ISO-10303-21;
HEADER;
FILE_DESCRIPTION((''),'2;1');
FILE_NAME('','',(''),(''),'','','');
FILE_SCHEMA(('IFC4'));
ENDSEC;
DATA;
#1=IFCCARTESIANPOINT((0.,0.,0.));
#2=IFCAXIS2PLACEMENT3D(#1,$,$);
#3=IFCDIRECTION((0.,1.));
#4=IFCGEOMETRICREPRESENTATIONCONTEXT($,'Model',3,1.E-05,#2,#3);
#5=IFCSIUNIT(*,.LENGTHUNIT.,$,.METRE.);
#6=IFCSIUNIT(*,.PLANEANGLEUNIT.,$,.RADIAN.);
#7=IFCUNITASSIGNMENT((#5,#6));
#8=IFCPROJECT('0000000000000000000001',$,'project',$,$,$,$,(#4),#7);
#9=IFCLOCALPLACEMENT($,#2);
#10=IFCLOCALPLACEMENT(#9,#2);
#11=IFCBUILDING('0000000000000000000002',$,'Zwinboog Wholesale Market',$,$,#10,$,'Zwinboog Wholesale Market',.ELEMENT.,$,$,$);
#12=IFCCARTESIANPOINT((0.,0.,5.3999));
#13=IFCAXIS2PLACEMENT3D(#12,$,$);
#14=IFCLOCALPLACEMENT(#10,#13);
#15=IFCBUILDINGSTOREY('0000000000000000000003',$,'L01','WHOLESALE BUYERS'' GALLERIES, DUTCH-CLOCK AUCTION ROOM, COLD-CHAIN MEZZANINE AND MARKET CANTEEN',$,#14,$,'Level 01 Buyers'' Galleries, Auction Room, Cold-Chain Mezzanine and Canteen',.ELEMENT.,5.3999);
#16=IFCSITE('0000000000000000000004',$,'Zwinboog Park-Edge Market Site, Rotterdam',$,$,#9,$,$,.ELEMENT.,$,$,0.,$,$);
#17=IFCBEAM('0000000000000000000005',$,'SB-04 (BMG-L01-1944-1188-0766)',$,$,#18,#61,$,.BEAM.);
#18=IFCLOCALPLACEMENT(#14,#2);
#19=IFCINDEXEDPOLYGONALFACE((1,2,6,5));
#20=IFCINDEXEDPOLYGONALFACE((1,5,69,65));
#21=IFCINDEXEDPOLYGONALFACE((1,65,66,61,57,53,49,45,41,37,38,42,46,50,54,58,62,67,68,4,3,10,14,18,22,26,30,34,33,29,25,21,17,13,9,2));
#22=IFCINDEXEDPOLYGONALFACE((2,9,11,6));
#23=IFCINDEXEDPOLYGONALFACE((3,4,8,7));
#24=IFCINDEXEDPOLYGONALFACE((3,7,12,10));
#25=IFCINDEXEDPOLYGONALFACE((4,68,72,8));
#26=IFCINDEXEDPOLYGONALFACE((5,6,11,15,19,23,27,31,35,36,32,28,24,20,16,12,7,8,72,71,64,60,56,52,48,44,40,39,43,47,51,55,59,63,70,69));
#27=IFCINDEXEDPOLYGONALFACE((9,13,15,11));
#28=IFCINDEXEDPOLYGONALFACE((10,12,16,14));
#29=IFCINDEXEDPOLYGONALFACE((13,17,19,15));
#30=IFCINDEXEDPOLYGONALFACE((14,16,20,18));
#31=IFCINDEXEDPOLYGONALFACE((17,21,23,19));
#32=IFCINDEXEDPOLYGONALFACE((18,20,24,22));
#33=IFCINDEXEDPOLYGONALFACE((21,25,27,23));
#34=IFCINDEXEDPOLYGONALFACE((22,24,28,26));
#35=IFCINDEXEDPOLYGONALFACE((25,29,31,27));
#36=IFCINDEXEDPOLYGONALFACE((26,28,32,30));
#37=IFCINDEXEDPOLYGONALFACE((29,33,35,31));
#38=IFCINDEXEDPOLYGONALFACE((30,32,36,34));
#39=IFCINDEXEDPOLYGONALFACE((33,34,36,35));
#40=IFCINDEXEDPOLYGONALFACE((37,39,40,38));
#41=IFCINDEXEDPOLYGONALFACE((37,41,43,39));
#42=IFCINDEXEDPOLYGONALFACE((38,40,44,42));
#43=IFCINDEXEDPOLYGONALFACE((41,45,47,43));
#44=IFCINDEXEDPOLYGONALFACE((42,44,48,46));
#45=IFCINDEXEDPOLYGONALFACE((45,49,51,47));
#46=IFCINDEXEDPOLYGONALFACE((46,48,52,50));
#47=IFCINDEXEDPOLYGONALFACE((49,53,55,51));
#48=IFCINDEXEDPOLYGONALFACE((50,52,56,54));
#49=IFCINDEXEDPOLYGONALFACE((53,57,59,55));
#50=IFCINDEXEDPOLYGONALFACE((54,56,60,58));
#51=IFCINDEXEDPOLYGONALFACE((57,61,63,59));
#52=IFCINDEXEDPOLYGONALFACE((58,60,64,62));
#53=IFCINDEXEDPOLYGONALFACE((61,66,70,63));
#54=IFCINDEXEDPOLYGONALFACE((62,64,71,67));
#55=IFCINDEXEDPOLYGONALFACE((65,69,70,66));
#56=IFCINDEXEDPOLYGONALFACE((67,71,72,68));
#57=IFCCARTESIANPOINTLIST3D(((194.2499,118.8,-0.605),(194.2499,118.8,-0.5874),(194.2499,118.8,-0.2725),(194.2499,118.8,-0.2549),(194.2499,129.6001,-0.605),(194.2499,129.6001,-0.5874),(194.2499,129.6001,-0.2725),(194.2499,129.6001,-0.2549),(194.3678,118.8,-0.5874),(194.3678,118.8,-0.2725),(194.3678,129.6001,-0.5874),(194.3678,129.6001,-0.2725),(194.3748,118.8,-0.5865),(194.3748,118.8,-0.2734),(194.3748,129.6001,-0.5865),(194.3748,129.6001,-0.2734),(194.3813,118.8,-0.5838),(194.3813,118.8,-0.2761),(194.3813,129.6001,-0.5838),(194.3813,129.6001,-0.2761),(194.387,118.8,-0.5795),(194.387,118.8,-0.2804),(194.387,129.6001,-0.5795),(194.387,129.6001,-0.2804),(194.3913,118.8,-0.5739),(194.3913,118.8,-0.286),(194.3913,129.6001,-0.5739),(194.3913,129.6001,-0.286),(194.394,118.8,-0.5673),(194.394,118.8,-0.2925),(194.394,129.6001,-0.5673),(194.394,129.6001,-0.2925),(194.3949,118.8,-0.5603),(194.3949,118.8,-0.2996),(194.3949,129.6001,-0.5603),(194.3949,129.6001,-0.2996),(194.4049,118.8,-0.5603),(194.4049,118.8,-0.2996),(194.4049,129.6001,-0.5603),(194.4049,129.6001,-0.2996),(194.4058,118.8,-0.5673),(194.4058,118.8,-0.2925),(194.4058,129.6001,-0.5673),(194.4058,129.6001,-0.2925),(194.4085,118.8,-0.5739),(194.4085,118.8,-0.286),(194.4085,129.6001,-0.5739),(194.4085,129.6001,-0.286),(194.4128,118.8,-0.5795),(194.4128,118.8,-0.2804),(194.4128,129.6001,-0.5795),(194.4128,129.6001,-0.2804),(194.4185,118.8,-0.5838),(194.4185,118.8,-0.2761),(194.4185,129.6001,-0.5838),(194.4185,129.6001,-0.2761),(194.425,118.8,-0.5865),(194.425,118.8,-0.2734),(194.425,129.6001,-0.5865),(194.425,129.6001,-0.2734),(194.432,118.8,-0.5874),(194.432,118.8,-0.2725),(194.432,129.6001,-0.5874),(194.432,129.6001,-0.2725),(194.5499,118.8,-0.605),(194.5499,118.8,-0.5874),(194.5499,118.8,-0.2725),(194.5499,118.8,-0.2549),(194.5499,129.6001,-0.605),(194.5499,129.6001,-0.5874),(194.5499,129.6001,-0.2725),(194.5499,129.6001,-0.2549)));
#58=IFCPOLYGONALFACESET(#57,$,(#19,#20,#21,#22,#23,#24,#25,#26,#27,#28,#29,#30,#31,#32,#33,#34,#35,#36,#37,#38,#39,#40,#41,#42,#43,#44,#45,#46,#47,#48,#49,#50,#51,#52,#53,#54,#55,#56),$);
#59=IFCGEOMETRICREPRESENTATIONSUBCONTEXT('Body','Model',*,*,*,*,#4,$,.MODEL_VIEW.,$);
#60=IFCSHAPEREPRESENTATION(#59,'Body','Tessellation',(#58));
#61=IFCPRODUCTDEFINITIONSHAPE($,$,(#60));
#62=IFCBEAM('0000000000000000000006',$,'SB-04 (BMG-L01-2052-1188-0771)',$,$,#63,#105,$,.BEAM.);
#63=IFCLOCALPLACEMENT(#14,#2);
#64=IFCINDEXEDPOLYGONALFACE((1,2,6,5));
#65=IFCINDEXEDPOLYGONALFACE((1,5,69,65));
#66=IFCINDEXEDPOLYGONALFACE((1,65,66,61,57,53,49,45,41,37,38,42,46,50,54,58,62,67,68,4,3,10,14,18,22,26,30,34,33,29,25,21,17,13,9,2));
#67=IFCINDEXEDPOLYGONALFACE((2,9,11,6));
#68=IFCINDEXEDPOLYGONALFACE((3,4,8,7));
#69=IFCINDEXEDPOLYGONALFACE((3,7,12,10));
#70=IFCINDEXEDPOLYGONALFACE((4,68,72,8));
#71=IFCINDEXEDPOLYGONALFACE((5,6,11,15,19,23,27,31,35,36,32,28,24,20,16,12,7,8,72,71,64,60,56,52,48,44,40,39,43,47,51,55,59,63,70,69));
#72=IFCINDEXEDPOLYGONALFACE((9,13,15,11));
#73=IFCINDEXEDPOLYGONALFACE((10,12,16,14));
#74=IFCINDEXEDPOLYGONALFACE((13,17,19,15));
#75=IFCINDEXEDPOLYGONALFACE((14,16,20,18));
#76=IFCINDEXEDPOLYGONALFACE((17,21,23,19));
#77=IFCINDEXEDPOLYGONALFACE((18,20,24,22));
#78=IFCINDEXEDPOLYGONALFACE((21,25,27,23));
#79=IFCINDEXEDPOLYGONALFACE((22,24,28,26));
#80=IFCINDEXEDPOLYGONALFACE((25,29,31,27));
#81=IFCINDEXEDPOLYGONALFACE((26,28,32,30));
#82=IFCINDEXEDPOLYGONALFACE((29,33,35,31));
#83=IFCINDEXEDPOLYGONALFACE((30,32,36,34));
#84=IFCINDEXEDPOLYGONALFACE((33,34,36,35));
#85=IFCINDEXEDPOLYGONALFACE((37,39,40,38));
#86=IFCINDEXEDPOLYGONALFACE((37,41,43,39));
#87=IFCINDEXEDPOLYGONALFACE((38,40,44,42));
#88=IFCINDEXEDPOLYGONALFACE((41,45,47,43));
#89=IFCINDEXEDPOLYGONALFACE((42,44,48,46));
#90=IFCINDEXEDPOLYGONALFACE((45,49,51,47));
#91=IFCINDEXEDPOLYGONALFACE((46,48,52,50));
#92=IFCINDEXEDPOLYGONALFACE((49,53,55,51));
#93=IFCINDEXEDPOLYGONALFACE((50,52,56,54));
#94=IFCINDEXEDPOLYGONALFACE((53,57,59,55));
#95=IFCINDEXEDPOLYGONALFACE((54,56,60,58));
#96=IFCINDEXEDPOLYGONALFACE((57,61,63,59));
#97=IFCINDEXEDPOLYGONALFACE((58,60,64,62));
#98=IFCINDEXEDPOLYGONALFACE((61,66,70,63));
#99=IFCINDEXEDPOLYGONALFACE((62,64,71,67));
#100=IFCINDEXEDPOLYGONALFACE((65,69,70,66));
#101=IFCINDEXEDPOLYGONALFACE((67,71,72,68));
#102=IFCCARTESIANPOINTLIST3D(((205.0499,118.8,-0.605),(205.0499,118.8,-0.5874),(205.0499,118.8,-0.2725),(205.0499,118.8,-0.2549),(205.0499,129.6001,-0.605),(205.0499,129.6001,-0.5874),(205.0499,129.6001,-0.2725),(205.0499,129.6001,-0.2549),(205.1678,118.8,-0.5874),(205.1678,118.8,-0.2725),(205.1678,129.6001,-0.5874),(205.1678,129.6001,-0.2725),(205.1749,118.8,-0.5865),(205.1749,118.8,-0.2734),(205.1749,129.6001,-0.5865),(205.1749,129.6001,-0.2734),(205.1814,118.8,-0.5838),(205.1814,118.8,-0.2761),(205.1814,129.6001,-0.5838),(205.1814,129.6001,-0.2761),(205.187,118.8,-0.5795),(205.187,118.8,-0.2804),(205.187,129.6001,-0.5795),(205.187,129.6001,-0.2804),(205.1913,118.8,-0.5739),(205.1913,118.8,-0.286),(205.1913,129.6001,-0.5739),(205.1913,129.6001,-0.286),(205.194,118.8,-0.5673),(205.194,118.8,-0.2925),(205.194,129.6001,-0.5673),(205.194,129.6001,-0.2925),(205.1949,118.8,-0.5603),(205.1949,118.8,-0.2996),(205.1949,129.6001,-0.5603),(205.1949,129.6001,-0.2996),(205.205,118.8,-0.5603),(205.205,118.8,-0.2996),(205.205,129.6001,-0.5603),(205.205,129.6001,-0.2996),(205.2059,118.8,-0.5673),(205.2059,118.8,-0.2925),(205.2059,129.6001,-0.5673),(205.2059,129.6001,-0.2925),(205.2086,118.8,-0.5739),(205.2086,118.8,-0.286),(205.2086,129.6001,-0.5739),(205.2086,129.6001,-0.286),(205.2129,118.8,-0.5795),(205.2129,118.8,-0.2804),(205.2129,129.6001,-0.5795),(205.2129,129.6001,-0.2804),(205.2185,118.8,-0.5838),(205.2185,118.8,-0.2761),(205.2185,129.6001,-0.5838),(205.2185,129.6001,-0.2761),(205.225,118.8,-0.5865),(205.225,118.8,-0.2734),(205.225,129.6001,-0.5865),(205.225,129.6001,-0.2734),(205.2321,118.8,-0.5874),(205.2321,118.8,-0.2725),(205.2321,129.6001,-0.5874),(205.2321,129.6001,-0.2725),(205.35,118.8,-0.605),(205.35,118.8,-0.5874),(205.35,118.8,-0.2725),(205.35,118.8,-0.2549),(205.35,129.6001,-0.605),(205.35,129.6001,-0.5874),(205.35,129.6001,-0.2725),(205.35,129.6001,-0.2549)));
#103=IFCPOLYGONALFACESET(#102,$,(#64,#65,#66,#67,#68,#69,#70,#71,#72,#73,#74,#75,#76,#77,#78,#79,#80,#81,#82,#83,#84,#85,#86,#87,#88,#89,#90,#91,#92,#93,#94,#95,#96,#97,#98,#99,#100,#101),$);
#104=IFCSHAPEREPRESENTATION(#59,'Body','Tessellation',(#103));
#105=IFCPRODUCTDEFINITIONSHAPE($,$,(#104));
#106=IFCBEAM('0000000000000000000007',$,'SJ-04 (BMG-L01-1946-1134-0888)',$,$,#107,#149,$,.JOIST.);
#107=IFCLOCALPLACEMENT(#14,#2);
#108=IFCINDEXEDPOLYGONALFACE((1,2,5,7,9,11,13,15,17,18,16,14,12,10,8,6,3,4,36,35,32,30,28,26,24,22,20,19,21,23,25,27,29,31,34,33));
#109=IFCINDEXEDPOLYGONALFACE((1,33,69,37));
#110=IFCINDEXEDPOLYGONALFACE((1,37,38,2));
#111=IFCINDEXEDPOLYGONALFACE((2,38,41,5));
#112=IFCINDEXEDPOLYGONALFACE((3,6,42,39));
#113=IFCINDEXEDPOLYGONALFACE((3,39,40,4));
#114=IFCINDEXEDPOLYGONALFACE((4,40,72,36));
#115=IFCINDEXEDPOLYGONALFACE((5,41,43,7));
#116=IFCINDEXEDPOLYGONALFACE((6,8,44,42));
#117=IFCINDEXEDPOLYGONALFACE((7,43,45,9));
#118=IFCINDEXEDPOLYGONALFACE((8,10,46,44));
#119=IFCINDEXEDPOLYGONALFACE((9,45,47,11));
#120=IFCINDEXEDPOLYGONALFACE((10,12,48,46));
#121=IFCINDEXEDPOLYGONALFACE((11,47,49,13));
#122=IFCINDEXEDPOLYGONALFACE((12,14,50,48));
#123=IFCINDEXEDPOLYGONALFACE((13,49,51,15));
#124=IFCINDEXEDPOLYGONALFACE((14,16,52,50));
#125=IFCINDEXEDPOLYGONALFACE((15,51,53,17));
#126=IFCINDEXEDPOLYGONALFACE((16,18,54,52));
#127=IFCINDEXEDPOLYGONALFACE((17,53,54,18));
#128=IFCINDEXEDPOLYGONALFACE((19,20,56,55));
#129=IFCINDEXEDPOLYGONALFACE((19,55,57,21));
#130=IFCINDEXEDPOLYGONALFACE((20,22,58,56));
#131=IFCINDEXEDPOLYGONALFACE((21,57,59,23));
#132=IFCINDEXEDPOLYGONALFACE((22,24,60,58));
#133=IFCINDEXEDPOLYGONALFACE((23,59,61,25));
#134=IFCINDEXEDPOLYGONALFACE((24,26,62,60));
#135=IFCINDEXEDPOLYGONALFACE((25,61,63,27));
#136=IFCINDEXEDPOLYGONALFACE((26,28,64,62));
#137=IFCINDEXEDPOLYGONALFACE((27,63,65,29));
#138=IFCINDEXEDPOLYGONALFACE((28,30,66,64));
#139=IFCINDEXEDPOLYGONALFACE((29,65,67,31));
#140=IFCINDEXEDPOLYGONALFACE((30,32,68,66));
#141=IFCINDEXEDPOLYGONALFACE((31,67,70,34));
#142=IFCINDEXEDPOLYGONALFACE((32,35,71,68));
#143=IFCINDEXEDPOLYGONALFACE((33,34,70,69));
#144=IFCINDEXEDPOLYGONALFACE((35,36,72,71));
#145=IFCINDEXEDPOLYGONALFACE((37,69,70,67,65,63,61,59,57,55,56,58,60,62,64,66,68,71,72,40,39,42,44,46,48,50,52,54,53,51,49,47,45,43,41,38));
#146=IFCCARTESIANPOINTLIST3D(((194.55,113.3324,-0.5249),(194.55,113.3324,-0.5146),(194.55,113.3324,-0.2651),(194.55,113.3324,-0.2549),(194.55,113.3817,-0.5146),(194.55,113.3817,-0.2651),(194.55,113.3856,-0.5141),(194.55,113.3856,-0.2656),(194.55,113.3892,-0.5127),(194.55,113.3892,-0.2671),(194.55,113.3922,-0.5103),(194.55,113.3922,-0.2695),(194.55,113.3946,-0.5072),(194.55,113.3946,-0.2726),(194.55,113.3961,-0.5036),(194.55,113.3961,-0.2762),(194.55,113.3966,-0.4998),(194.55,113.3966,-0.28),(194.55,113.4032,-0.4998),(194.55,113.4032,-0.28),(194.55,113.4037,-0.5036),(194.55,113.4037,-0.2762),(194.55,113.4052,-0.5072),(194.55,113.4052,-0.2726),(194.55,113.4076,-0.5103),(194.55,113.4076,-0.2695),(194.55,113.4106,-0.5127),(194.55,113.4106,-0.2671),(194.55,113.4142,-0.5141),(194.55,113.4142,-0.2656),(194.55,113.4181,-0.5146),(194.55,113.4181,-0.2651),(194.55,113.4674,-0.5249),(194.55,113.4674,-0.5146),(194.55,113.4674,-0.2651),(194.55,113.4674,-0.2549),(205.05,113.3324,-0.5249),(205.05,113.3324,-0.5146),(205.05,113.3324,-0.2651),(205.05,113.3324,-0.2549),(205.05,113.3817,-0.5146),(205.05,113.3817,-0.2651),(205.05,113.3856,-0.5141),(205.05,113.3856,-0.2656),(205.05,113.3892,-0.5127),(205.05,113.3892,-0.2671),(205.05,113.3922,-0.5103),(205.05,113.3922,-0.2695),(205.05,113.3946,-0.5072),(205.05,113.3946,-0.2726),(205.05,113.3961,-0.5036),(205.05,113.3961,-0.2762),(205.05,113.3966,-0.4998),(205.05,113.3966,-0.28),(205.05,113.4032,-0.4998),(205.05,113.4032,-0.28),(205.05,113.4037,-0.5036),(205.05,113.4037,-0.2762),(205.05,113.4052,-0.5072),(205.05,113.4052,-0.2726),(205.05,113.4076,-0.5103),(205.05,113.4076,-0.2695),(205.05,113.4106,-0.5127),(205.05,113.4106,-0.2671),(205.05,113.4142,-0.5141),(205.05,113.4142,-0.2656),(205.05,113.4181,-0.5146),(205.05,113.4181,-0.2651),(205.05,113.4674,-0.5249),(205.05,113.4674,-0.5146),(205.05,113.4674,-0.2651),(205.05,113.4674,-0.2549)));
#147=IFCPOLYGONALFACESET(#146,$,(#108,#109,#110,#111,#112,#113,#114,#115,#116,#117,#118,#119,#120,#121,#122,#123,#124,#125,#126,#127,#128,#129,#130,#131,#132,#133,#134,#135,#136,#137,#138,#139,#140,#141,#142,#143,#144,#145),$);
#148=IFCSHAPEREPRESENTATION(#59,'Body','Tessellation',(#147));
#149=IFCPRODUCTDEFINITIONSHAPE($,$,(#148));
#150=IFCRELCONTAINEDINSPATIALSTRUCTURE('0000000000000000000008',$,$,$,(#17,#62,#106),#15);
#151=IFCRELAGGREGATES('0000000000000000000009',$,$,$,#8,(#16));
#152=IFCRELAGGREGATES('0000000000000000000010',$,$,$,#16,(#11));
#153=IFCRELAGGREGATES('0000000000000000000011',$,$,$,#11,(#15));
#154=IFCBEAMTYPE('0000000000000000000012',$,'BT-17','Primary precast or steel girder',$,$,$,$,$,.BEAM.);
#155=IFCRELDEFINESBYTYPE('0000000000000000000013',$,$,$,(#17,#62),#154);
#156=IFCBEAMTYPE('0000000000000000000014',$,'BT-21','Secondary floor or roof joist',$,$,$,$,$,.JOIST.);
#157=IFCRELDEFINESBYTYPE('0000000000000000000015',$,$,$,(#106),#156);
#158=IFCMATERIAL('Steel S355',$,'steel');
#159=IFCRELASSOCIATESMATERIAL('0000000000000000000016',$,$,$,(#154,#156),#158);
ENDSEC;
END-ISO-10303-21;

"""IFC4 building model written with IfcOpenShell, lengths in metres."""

from ifc_helpers import new_model, si_unit, direction, frame, origin, origin_2d, place, context, subcontext, project, spatial, i_section, extrude, material, material_profile, profile_set, type_object, element, save


model = new_model("IFC4")

# Units and contexts
model_context = context("Model", 3, precision=1e-05, world=origin(), true_north=direction((0.0, 1.0)))
body_context = subcontext(model_context, "Body", "Model", "MODEL_VIEW")
ifc_project = project(units=[si_unit("LENGTHUNIT", "METRE"), si_unit("PLANEANGLEUNIT", "RADIAN")], contexts=[model_context])

# Site, building, storey
site_placement = place(None, origin())
site = spatial("IfcSite", under=ifc_project, at=site_placement, Name="Zwinboog Park-Edge Market Site, Rotterdam", CompositionType="ELEMENT", RefElevation=0.0)
building_placement = place(site_placement, origin())
building = spatial("IfcBuilding", under=site, at=building_placement, Name="Zwinboog Wholesale Market", LongName="Zwinboog Wholesale Market", CompositionType="ELEMENT")
storey_placement = place(building_placement, frame((0.0, 0.0, 5.3999)))
storey = spatial("IfcBuildingStorey", under=building, at=storey_placement, Name="L01", Description="WHOLESALE BUYERS' GALLERIES, DUTCH-CLOCK AUCTION ROOM, COLD-CHAIN MEZZANINE AND MARKET CANTEEN", LongName="Level 01 Buyers' Galleries, Auction Room, Cold-Chain Mezzanine and Canteen", CompositionType="ELEMENT", Elevation=5.3999)

# Beams
ifc_material_1 = material(Name="Steel S355", Category="steel")
ifc_material_profile_1 = material_profile(ifc_material_1, i_section(OverallWidth=0.3, OverallDepth=0.3501, WebThickness=0.01, FlangeThickness=0.0176, FilletRadius=0.0271, at=origin_2d()), Name="HEA 360")
ifc_profile_set_1 = profile_set([ifc_material_profile_1], Name="Steel S355")
beam_type_1 = type_object("IfcBeamType", Name="BT-17", Description="Primary precast or steel girder", PredefinedType="BEAM", material=ifc_profile_set_1)
for number, where, z_axis, x_axis, name in (
    (1, (194.3999, 118.8, -0.4299), (0.0, 1.0, 0.0), (-1.0, 0.0, 0.0), "SB-04 (BMG-L01-1944-1188-0766)"),
    (2, (205.2, 118.8, -0.4299), (0.0, 1.0, 0.0), (-1.0, 0.0, 0.0), "SB-04 (BMG-L01-2052-1188-0771)"),
):
    element("IfcBeam", number, at=place(storey_placement, frame(where, z_axis=z_axis, x_axis=x_axis)), inside=storey, type_object=beam_type_1, Name=name, PredefinedType="BEAM", context=body_context, shape_type="SweptSolid", body=[
        extrude(i_section(OverallWidth=0.3, OverallDepth=0.3501, WebThickness=0.01, FlangeThickness=0.0176, FilletRadius=0.0271, at=origin_2d()), origin(), (0.0, 0.0, 1.0), 10.8),
    ])
ifc_material_profile_2 = material_profile(ifc_material_1, i_section(OverallWidth=0.135, OverallDepth=0.27, WebThickness=0.0066, FlangeThickness=0.0103, FilletRadius=0.0149, at=origin_2d()), Name="IPE 270")
ifc_profile_set_2 = profile_set([ifc_material_profile_2], Name="Steel S355")
beam_type_2 = type_object("IfcBeamType", Name="BT-21", Description="Secondary floor or roof joist", PredefinedType="JOIST", material=ifc_profile_set_2)
beam_1_placement = place(storey_placement, frame((194.55, 113.3999, -0.3899), z_axis=(1.0, 0.0, 0.0), x_axis=(0.0, 1.0, 0.0)))
element("IfcBeam", 3, at=beam_1_placement, inside=storey, type_object=beam_type_2, Name="SJ-04 (BMG-L01-1946-1134-0888)", PredefinedType="JOIST", context=body_context, shape_type="SweptSolid", body=[
    extrude(i_section(OverallWidth=0.135, OverallDepth=0.27, WebThickness=0.0066, FlangeThickness=0.0103, FilletRadius=0.0149, at=origin_2d()), origin(), (0.0, 0.0, 1.0), 10.5),
])

save(model, "model.ifc")
